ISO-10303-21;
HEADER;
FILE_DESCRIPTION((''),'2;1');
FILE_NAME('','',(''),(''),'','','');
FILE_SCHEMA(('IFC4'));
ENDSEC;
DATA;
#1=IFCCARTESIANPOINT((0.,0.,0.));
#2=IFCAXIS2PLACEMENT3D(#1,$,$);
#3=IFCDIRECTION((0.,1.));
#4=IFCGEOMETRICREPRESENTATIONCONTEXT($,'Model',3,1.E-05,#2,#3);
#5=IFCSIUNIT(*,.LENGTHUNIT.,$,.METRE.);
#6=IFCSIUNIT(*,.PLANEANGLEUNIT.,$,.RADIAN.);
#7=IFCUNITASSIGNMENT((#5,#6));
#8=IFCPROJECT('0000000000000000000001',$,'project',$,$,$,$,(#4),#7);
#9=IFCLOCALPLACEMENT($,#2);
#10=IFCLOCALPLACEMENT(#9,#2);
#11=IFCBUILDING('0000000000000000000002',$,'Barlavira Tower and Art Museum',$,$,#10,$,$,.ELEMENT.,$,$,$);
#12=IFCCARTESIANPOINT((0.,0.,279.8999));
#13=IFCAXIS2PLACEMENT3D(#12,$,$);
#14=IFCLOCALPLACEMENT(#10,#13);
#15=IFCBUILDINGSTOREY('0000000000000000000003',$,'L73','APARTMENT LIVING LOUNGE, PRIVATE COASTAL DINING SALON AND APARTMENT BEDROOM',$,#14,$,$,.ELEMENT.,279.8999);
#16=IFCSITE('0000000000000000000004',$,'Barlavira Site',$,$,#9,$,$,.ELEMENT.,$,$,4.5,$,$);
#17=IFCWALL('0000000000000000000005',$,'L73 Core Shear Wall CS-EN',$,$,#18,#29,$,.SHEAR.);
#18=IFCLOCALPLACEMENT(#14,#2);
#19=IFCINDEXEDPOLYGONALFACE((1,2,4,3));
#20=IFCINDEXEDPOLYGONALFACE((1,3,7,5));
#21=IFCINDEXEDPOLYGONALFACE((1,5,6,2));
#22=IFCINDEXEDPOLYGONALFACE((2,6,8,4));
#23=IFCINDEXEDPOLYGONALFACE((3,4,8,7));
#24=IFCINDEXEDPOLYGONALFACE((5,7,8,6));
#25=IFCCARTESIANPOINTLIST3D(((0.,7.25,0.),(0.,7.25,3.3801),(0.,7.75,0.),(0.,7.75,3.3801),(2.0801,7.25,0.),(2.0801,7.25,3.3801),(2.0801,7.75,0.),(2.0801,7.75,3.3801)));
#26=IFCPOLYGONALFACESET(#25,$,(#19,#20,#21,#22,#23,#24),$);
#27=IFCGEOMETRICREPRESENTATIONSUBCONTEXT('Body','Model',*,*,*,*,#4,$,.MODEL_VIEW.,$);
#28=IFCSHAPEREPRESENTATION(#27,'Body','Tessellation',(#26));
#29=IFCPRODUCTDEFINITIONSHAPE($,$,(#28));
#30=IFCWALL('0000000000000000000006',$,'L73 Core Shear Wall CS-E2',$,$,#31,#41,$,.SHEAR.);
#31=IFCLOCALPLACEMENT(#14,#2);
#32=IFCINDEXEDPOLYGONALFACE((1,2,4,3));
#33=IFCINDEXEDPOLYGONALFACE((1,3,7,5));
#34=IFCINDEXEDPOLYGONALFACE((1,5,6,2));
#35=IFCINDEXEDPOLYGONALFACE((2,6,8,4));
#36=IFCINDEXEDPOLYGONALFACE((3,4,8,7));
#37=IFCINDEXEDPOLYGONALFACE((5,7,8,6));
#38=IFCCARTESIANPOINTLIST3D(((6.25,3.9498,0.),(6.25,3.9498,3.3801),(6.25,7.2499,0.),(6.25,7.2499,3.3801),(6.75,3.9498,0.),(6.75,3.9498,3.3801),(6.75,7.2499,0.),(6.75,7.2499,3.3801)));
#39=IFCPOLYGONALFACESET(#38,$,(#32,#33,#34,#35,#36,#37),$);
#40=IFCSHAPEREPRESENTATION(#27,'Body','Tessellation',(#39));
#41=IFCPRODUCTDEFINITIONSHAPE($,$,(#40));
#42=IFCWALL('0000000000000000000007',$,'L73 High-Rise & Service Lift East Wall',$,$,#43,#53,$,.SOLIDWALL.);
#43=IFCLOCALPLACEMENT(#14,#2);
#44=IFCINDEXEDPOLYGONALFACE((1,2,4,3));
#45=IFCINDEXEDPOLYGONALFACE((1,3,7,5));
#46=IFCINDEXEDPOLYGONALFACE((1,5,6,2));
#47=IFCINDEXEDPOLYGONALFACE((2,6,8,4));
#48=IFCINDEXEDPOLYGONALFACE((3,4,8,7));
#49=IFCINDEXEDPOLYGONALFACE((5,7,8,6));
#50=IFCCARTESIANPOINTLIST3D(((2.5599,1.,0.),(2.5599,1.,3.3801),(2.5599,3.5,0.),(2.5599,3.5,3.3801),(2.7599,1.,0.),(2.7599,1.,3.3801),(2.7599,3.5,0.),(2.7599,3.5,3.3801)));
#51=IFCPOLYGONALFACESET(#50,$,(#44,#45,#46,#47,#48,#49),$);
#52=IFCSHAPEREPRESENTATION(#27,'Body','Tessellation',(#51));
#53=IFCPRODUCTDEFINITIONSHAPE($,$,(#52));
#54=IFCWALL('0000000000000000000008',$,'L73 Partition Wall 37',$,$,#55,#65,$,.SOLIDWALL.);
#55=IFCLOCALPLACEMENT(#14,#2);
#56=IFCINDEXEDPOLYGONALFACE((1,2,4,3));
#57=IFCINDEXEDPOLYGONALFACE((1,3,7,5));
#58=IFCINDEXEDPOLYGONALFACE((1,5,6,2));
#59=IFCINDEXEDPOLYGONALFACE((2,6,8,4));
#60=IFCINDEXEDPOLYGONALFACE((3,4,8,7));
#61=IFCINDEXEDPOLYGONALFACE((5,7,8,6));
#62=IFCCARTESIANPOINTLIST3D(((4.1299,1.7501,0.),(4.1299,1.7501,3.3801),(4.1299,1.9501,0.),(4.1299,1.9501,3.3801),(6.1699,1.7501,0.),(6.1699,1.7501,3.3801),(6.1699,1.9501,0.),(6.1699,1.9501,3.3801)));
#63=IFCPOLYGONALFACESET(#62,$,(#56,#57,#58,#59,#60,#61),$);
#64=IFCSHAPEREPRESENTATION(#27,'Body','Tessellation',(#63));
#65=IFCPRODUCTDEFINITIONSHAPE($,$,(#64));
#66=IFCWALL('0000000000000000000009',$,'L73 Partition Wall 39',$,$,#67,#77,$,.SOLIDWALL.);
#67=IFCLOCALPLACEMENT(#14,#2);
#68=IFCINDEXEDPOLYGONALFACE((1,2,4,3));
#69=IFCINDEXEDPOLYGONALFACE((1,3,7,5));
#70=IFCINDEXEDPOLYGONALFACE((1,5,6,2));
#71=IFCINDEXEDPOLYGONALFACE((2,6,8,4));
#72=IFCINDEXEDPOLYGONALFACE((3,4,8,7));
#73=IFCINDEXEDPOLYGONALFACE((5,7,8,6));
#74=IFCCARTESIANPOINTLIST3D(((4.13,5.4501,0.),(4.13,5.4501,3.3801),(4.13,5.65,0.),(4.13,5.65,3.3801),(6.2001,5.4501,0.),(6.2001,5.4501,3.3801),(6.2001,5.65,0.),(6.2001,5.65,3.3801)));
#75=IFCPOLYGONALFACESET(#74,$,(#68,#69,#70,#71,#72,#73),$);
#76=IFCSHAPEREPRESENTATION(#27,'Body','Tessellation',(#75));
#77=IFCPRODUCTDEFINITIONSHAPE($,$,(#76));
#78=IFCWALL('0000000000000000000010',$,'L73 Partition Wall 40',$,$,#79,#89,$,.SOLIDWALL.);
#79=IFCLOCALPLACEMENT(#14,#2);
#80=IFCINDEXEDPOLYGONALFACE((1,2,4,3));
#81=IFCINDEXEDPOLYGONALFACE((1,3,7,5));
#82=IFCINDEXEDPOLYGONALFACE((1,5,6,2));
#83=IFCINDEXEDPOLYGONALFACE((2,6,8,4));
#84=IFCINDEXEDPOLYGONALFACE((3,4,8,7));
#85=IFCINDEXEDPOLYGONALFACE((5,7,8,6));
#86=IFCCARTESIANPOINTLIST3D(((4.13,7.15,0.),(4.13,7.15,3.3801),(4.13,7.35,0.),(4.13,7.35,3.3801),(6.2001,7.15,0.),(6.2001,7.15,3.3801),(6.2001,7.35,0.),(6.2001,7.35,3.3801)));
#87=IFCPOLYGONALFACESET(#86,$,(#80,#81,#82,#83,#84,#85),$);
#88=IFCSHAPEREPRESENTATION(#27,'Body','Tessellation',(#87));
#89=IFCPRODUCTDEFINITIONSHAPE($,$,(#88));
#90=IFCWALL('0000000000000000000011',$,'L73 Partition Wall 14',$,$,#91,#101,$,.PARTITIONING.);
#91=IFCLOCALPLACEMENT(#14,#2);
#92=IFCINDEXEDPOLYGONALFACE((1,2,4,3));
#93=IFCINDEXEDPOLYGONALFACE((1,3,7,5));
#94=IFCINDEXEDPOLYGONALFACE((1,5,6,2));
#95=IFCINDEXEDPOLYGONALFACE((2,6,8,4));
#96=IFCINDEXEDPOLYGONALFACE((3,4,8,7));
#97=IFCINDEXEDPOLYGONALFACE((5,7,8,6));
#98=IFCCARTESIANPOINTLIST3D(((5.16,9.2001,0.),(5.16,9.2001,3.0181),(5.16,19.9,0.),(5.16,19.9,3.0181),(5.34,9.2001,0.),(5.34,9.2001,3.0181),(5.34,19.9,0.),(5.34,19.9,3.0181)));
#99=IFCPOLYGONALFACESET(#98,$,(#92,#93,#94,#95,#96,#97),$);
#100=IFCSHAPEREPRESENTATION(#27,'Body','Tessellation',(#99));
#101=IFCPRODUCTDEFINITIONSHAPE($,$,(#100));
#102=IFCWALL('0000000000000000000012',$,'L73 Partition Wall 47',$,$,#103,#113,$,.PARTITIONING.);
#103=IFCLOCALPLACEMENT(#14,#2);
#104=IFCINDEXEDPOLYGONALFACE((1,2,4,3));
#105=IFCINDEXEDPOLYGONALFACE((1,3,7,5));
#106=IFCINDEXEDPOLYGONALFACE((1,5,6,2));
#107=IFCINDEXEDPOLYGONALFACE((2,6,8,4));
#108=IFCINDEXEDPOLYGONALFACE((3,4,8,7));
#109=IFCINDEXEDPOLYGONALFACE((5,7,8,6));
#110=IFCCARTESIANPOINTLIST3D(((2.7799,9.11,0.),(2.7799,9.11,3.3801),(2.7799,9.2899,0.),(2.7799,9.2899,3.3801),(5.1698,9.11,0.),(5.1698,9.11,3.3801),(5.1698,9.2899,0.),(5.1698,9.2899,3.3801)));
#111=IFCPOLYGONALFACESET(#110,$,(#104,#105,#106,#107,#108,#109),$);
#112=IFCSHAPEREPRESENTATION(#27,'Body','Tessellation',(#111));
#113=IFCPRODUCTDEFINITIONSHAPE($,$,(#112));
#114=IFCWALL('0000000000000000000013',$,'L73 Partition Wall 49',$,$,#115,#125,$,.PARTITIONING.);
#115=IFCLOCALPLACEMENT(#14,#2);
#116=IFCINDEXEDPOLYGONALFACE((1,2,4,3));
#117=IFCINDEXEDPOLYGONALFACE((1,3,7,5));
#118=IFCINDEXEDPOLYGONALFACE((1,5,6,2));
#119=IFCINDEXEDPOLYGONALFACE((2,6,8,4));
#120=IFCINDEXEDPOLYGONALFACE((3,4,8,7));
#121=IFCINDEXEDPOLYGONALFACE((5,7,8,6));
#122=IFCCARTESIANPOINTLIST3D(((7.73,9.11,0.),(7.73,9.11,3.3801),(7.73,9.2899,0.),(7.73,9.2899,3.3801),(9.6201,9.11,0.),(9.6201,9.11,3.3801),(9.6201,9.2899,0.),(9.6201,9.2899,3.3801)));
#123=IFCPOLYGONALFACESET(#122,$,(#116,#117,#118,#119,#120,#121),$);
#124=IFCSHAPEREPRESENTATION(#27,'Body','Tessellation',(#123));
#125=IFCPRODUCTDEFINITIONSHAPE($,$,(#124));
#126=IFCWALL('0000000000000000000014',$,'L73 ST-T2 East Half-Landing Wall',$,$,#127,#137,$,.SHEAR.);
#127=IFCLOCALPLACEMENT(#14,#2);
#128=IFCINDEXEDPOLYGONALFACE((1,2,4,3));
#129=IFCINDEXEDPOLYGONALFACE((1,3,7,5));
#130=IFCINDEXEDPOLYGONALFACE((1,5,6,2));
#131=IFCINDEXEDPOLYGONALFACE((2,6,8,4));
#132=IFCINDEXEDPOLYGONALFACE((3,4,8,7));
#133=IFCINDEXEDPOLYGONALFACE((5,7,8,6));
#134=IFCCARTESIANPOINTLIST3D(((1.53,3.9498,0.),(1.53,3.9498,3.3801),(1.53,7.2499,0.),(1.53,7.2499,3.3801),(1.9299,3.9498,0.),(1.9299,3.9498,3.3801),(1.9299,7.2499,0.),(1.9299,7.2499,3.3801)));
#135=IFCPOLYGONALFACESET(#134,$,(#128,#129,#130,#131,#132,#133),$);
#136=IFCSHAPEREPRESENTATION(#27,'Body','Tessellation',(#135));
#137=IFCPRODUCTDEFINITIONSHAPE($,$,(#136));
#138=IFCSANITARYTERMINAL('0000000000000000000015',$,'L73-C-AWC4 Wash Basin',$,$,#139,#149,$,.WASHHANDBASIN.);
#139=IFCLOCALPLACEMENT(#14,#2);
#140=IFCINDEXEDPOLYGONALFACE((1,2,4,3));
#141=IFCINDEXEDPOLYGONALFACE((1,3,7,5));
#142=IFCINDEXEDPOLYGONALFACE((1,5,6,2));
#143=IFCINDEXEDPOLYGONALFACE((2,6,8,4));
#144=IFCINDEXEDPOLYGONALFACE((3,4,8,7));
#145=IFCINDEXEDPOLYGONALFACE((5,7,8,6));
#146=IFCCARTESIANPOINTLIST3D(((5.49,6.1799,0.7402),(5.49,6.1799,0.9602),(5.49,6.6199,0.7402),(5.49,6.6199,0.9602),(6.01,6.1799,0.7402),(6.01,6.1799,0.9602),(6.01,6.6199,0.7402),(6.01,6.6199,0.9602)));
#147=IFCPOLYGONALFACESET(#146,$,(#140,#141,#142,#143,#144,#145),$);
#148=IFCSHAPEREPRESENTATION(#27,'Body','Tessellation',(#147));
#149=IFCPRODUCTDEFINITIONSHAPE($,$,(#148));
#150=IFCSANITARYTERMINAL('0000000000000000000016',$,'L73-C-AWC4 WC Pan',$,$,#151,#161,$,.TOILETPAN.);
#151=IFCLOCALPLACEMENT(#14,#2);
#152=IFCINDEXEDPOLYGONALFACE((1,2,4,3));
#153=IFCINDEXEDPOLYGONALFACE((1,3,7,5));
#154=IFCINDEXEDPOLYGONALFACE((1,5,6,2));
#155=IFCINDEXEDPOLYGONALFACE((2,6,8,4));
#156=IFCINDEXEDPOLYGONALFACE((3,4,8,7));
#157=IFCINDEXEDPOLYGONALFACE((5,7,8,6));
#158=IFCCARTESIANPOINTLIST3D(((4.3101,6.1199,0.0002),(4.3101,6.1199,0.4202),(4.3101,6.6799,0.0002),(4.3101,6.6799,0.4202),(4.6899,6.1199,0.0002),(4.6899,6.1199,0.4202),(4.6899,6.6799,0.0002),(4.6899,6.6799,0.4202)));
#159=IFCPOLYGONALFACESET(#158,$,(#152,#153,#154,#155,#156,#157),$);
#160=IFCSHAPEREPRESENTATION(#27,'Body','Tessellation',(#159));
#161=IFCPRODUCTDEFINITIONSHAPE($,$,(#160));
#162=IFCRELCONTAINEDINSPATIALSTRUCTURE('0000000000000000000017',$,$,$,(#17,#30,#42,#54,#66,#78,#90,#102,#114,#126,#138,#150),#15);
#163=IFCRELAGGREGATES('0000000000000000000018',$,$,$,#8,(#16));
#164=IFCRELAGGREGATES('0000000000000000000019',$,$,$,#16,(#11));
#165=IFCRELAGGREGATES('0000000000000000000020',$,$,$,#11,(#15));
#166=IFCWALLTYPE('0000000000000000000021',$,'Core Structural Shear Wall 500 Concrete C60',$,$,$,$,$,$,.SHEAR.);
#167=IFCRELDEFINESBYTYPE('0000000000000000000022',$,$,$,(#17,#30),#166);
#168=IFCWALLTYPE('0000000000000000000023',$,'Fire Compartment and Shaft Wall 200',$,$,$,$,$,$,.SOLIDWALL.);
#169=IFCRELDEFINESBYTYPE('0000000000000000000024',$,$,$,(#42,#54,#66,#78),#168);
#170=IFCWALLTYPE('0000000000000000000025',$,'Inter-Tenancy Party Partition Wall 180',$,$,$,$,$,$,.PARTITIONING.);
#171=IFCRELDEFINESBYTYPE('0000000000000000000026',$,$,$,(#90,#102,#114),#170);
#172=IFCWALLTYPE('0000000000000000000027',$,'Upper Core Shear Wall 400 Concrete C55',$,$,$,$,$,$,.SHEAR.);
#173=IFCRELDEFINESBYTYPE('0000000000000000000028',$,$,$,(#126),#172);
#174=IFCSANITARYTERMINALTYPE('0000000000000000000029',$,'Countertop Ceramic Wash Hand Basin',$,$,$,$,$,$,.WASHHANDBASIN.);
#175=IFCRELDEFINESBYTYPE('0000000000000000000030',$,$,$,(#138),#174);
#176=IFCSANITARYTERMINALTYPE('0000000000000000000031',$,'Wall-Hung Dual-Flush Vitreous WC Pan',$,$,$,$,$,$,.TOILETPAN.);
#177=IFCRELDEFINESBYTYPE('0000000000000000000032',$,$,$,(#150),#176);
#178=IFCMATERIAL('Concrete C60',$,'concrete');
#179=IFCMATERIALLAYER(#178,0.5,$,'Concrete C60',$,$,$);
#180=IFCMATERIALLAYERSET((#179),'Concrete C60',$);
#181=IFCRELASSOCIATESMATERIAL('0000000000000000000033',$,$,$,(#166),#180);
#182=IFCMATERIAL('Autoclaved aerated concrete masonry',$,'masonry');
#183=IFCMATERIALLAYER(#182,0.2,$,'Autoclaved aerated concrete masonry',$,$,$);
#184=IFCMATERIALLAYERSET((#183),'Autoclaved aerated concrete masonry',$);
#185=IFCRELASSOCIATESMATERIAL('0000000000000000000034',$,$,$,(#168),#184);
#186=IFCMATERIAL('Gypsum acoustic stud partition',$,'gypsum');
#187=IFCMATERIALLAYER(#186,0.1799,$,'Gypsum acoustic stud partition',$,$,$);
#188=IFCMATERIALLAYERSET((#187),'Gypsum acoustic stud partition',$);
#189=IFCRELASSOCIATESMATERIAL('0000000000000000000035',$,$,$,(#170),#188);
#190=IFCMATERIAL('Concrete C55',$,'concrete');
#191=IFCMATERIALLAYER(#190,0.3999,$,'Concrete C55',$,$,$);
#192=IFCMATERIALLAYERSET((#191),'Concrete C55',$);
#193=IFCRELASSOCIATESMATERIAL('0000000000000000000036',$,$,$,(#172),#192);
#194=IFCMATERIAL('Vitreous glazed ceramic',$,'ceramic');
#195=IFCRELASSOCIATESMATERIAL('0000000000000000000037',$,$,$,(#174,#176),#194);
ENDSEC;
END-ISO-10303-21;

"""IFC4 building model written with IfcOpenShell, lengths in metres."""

from ifc_helpers import new_model, si_unit, direction, frame, frame_2d, origin, origin_2d, place, context, subcontext, project, spatial, rectangle, extrude, material, layer, layer_set, type_object, element, save


model = new_model("IFC4")

# Units and contexts
model_context = context("Model", 3, precision=1e-05, world=origin(), true_north=direction((0.0, 1.0)))
body_context = subcontext(model_context, "Body", "Model", "MODEL_VIEW")
ifc_project = project(units=[si_unit("LENGTHUNIT", "METRE"), si_unit("PLANEANGLEUNIT", "RADIAN")], contexts=[model_context])

# Site, building, storey
site_placement = place(None, origin())
site = spatial("IfcSite", under=ifc_project, at=site_placement, Name="Barlavira Site", CompositionType="ELEMENT", RefElevation=4.5)
building_placement = place(site_placement, origin())
building = spatial("IfcBuilding", under=site, at=building_placement, Name="Barlavira Tower and Art Museum", CompositionType="ELEMENT")
storey_placement = place(building_placement, frame((0.0, 0.0, 279.8999)))
storey = spatial("IfcBuildingStorey", under=building, at=storey_placement, Name="L73", Description="APARTMENT LIVING LOUNGE, PRIVATE COASTAL DINING SALON AND APARTMENT BEDROOM", CompositionType="ELEMENT", Elevation=279.8999)

# Shared definitions
ifc_material_1 = material(Name="Gypsum acoustic stud partition", Category="gypsum")

# Walls
ifc_material_2 = material(Name="Concrete C60", Category="concrete")
ifc_layer_1 = layer(ifc_material_2, 0.5, Name="Concrete C60")
ifc_layer_set_1 = layer_set([ifc_layer_1], Name="Concrete C60")
wall_type_1 = type_object("IfcWallType", Name="Core Structural Shear Wall 500 Concrete C60", PredefinedType="SHEAR", material=ifc_layer_set_1)
wall_1_placement = place(storey_placement, frame((0.0, 7.5, 0.0), z_axis=(0.0, 0.0, 1.0), x_axis=(1.0, 0.0, 0.0)))
element("IfcWall", 1, at=wall_1_placement, inside=storey, type_object=wall_type_1, Name="L73 Core Shear Wall CS-EN", PredefinedType="SHEAR", context=body_context, shape_type="SweptSolid", body=[
    extrude(rectangle(XDim=2.0801, YDim=0.5, at=frame_2d((1.04, 0.0))), origin(), (0.0, 0.0, 1.0), 3.3801),
])
wall_2_placement = place(storey_placement, frame((6.5, 3.95, 0.0), z_axis=(0.0, 0.0, 1.0), x_axis=(0.0, 1.0, 0.0)))
element("IfcWall", 2, at=wall_2_placement, inside=storey, type_object=wall_type_1, Name="L73 Core Shear Wall CS-E2", PredefinedType="SHEAR", context=body_context, shape_type="SweptSolid", body=[
    extrude(rectangle(XDim=3.3, YDim=0.5, at=frame_2d((1.6499, 0.0))), origin(), (0.0, 0.0, 1.0), 3.3801),
])
ifc_material_3 = material(Name="Autoclaved aerated concrete masonry", Category="masonry")
ifc_layer_2 = layer(ifc_material_3, 0.2, Name="Autoclaved aerated concrete masonry")
ifc_layer_set_2 = layer_set([ifc_layer_2], Name="Autoclaved aerated concrete masonry")
wall_type_2 = type_object("IfcWallType", Name="Fire Compartment and Shaft Wall 200", PredefinedType="SOLIDWALL", material=ifc_layer_set_2)
wall_3_placement = place(storey_placement, frame((2.6599, 1.0, 0.0), z_axis=(0.0, 0.0, 1.0), x_axis=(0.0, 1.0, 0.0)))
element("IfcWall", 3, at=wall_3_placement, inside=storey, type_object=wall_type_2, Name="L73 High-Rise & Service Lift East Wall", PredefinedType="SOLIDWALL", context=body_context, shape_type="SweptSolid", body=[
    extrude(rectangle(XDim=2.5, YDim=0.2, at=frame_2d((1.25, 0.0))), origin(), (0.0, 0.0, 1.0), 3.3801),
])

# Walls
wall_4_placement = place(storey_placement, frame((4.1299, 1.8501, 0.0), z_axis=(0.0, 0.0, 1.0), x_axis=(1.0, 0.0, 0.0)))
element("IfcWall", 4, at=wall_4_placement, inside=storey, type_object=wall_type_2, Name="L73 Partition Wall 37", PredefinedType="SOLIDWALL", context=body_context, shape_type="SweptSolid", body=[
    extrude(rectangle(XDim=2.04, YDim=0.2, at=frame_2d((1.02, 0.0))), origin(), (0.0, 0.0, 1.0), 3.3801),
])
for number, where, z_axis, x_axis, name in (
    (5, (4.1299, 5.55, 0.0), (0.0, 0.0, 1.0), (1.0, 0.0, 0.0), "L73 Partition Wall 39"),
    (6, (4.1299, 7.25, 0.0), (0.0, 0.0, 1.0), (1.0, 0.0, 0.0), "L73 Partition Wall 40"),
):
    element("IfcWall", number, at=place(storey_placement, frame(where, z_axis=z_axis, x_axis=x_axis)), inside=storey, type_object=wall_type_2, Name=name, PredefinedType="SOLIDWALL", context=body_context, shape_type="SweptSolid", body=[
        extrude(rectangle(XDim=2.0701, YDim=0.2, at=frame_2d((1.0352, 0.0))), origin(), (0.0, 0.0, 1.0), 3.3801),
    ])
ifc_layer_3 = layer(ifc_material_1, 0.1799, Name="Gypsum acoustic stud partition")
ifc_layer_set_3 = layer_set([ifc_layer_3], Name="Gypsum acoustic stud partition")
wall_type_3 = type_object("IfcWallType", Name="Inter-Tenancy Party Partition Wall 180", PredefinedType="PARTITIONING", material=ifc_layer_set_3)
wall_5_placement = place(storey_placement, frame((5.25, 9.2, 0.0), z_axis=(0.0, 0.0, 1.0), x_axis=(0.0, 1.0, 0.0)))
element("IfcWall", 7, at=wall_5_placement, inside=storey, type_object=wall_type_3, Name="L73 Partition Wall 14", PredefinedType="PARTITIONING", context=body_context, shape_type="SweptSolid", body=[
    extrude(rectangle(XDim=10.7, YDim=0.1799, at=frame_2d((5.3501, 0.0))), origin(), (0.0, 0.0, 1.0), 3.0181),
])
wall_6_placement = place(storey_placement, frame((2.78, 9.2, 0.0), z_axis=(0.0, 0.0, 1.0), x_axis=(1.0, 0.0, 0.0)))
element("IfcWall", 8, at=wall_6_placement, inside=storey, type_object=wall_type_3, Name="L73 Partition Wall 47", PredefinedType="PARTITIONING", context=body_context, shape_type="SweptSolid", body=[
    extrude(rectangle(XDim=2.3899, YDim=0.1799, at=frame_2d((1.1948, 0.0))), origin(), (0.0, 0.0, 1.0), 3.3801),
])

# Walls
wall_7_placement = place(storey_placement, frame((7.73, 9.2, 0.0), z_axis=(0.0, 0.0, 1.0), x_axis=(1.0, 0.0, 0.0)))
element("IfcWall", 9, at=wall_7_placement, inside=storey, type_object=wall_type_3, Name="L73 Partition Wall 49", PredefinedType="PARTITIONING", context=body_context, shape_type="SweptSolid", body=[
    extrude(rectangle(XDim=1.8901, YDim=0.1799, at=frame_2d((0.9451, 0.0))), origin(), (0.0, 0.0, 1.0), 3.3801),
])
ifc_material_4 = material(Name="Concrete C55", Category="concrete")
ifc_layer_4 = layer(ifc_material_4, 0.3999, Name="Concrete C55")
ifc_layer_set_4 = layer_set([ifc_layer_4], Name="Concrete C55")
wall_type_4 = type_object("IfcWallType", Name="Upper Core Shear Wall 400 Concrete C55", PredefinedType="SHEAR", material=ifc_layer_set_4)
wall_8_placement = place(storey_placement, frame((1.73, 3.95, 0.0), z_axis=(0.0, 0.0, 1.0), x_axis=(0.0, 1.0, 0.0)))
element("IfcWall", 10, at=wall_8_placement, inside=storey, type_object=wall_type_4, Name="L73 ST-T2 East Half-Landing Wall", PredefinedType="SHEAR", context=body_context, shape_type="SweptSolid", body=[
    extrude(rectangle(XDim=3.3, YDim=0.3999, at=frame_2d((1.6499, 0.0))), origin(), (0.0, 0.0, 1.0), 3.3801),
])

# Sanitary terminals
ifc_material_5 = material(Name="Vitreous glazed ceramic", Category="ceramic")
sanitary_terminal_type_1 = type_object("IfcSanitaryTerminalType", Name="Countertop Ceramic Wash Hand Basin", PredefinedType="WASHHANDBASIN", material=ifc_material_5)
sanitary_terminal_1_placement = place(storey_placement, frame((5.75, 6.3999, 0.7402), z_axis=(0.0, 0.0, 1.0), x_axis=(1.0, 0.0, 0.0)))
element("IfcSanitaryTerminal", 11, at=sanitary_terminal_1_placement, inside=storey, type_object=sanitary_terminal_type_1, Name="L73-C-AWC4 Wash Basin", PredefinedType="WASHHANDBASIN", context=body_context, shape_type="SweptSolid", body=[
    extrude(rectangle(XDim=0.52, YDim=0.4399, at=origin_2d()), origin(), (0.0, 0.0, 1.0), 0.22),
])
sanitary_terminal_type_2 = type_object("IfcSanitaryTerminalType", Name="Wall-Hung Dual-Flush Vitreous WC Pan", PredefinedType="TOILETPAN", material=ifc_material_5)
sanitary_terminal_2_placement = place(storey_placement, frame((4.5, 6.3999, 0.0002), z_axis=(0.0, 0.0, 1.0), x_axis=(1.0, 0.0, 0.0)))
element("IfcSanitaryTerminal", 12, at=sanitary_terminal_2_placement, inside=storey, type_object=sanitary_terminal_type_2, Name="L73-C-AWC4 WC Pan", PredefinedType="TOILETPAN", context=body_context, shape_type="SweptSolid", body=[
    extrude(rectangle(XDim=0.3799, YDim=0.5601, at=origin_2d()), origin(), (0.0, 0.0, 1.0), 0.4199),
])

save(model, "model.ifc")
